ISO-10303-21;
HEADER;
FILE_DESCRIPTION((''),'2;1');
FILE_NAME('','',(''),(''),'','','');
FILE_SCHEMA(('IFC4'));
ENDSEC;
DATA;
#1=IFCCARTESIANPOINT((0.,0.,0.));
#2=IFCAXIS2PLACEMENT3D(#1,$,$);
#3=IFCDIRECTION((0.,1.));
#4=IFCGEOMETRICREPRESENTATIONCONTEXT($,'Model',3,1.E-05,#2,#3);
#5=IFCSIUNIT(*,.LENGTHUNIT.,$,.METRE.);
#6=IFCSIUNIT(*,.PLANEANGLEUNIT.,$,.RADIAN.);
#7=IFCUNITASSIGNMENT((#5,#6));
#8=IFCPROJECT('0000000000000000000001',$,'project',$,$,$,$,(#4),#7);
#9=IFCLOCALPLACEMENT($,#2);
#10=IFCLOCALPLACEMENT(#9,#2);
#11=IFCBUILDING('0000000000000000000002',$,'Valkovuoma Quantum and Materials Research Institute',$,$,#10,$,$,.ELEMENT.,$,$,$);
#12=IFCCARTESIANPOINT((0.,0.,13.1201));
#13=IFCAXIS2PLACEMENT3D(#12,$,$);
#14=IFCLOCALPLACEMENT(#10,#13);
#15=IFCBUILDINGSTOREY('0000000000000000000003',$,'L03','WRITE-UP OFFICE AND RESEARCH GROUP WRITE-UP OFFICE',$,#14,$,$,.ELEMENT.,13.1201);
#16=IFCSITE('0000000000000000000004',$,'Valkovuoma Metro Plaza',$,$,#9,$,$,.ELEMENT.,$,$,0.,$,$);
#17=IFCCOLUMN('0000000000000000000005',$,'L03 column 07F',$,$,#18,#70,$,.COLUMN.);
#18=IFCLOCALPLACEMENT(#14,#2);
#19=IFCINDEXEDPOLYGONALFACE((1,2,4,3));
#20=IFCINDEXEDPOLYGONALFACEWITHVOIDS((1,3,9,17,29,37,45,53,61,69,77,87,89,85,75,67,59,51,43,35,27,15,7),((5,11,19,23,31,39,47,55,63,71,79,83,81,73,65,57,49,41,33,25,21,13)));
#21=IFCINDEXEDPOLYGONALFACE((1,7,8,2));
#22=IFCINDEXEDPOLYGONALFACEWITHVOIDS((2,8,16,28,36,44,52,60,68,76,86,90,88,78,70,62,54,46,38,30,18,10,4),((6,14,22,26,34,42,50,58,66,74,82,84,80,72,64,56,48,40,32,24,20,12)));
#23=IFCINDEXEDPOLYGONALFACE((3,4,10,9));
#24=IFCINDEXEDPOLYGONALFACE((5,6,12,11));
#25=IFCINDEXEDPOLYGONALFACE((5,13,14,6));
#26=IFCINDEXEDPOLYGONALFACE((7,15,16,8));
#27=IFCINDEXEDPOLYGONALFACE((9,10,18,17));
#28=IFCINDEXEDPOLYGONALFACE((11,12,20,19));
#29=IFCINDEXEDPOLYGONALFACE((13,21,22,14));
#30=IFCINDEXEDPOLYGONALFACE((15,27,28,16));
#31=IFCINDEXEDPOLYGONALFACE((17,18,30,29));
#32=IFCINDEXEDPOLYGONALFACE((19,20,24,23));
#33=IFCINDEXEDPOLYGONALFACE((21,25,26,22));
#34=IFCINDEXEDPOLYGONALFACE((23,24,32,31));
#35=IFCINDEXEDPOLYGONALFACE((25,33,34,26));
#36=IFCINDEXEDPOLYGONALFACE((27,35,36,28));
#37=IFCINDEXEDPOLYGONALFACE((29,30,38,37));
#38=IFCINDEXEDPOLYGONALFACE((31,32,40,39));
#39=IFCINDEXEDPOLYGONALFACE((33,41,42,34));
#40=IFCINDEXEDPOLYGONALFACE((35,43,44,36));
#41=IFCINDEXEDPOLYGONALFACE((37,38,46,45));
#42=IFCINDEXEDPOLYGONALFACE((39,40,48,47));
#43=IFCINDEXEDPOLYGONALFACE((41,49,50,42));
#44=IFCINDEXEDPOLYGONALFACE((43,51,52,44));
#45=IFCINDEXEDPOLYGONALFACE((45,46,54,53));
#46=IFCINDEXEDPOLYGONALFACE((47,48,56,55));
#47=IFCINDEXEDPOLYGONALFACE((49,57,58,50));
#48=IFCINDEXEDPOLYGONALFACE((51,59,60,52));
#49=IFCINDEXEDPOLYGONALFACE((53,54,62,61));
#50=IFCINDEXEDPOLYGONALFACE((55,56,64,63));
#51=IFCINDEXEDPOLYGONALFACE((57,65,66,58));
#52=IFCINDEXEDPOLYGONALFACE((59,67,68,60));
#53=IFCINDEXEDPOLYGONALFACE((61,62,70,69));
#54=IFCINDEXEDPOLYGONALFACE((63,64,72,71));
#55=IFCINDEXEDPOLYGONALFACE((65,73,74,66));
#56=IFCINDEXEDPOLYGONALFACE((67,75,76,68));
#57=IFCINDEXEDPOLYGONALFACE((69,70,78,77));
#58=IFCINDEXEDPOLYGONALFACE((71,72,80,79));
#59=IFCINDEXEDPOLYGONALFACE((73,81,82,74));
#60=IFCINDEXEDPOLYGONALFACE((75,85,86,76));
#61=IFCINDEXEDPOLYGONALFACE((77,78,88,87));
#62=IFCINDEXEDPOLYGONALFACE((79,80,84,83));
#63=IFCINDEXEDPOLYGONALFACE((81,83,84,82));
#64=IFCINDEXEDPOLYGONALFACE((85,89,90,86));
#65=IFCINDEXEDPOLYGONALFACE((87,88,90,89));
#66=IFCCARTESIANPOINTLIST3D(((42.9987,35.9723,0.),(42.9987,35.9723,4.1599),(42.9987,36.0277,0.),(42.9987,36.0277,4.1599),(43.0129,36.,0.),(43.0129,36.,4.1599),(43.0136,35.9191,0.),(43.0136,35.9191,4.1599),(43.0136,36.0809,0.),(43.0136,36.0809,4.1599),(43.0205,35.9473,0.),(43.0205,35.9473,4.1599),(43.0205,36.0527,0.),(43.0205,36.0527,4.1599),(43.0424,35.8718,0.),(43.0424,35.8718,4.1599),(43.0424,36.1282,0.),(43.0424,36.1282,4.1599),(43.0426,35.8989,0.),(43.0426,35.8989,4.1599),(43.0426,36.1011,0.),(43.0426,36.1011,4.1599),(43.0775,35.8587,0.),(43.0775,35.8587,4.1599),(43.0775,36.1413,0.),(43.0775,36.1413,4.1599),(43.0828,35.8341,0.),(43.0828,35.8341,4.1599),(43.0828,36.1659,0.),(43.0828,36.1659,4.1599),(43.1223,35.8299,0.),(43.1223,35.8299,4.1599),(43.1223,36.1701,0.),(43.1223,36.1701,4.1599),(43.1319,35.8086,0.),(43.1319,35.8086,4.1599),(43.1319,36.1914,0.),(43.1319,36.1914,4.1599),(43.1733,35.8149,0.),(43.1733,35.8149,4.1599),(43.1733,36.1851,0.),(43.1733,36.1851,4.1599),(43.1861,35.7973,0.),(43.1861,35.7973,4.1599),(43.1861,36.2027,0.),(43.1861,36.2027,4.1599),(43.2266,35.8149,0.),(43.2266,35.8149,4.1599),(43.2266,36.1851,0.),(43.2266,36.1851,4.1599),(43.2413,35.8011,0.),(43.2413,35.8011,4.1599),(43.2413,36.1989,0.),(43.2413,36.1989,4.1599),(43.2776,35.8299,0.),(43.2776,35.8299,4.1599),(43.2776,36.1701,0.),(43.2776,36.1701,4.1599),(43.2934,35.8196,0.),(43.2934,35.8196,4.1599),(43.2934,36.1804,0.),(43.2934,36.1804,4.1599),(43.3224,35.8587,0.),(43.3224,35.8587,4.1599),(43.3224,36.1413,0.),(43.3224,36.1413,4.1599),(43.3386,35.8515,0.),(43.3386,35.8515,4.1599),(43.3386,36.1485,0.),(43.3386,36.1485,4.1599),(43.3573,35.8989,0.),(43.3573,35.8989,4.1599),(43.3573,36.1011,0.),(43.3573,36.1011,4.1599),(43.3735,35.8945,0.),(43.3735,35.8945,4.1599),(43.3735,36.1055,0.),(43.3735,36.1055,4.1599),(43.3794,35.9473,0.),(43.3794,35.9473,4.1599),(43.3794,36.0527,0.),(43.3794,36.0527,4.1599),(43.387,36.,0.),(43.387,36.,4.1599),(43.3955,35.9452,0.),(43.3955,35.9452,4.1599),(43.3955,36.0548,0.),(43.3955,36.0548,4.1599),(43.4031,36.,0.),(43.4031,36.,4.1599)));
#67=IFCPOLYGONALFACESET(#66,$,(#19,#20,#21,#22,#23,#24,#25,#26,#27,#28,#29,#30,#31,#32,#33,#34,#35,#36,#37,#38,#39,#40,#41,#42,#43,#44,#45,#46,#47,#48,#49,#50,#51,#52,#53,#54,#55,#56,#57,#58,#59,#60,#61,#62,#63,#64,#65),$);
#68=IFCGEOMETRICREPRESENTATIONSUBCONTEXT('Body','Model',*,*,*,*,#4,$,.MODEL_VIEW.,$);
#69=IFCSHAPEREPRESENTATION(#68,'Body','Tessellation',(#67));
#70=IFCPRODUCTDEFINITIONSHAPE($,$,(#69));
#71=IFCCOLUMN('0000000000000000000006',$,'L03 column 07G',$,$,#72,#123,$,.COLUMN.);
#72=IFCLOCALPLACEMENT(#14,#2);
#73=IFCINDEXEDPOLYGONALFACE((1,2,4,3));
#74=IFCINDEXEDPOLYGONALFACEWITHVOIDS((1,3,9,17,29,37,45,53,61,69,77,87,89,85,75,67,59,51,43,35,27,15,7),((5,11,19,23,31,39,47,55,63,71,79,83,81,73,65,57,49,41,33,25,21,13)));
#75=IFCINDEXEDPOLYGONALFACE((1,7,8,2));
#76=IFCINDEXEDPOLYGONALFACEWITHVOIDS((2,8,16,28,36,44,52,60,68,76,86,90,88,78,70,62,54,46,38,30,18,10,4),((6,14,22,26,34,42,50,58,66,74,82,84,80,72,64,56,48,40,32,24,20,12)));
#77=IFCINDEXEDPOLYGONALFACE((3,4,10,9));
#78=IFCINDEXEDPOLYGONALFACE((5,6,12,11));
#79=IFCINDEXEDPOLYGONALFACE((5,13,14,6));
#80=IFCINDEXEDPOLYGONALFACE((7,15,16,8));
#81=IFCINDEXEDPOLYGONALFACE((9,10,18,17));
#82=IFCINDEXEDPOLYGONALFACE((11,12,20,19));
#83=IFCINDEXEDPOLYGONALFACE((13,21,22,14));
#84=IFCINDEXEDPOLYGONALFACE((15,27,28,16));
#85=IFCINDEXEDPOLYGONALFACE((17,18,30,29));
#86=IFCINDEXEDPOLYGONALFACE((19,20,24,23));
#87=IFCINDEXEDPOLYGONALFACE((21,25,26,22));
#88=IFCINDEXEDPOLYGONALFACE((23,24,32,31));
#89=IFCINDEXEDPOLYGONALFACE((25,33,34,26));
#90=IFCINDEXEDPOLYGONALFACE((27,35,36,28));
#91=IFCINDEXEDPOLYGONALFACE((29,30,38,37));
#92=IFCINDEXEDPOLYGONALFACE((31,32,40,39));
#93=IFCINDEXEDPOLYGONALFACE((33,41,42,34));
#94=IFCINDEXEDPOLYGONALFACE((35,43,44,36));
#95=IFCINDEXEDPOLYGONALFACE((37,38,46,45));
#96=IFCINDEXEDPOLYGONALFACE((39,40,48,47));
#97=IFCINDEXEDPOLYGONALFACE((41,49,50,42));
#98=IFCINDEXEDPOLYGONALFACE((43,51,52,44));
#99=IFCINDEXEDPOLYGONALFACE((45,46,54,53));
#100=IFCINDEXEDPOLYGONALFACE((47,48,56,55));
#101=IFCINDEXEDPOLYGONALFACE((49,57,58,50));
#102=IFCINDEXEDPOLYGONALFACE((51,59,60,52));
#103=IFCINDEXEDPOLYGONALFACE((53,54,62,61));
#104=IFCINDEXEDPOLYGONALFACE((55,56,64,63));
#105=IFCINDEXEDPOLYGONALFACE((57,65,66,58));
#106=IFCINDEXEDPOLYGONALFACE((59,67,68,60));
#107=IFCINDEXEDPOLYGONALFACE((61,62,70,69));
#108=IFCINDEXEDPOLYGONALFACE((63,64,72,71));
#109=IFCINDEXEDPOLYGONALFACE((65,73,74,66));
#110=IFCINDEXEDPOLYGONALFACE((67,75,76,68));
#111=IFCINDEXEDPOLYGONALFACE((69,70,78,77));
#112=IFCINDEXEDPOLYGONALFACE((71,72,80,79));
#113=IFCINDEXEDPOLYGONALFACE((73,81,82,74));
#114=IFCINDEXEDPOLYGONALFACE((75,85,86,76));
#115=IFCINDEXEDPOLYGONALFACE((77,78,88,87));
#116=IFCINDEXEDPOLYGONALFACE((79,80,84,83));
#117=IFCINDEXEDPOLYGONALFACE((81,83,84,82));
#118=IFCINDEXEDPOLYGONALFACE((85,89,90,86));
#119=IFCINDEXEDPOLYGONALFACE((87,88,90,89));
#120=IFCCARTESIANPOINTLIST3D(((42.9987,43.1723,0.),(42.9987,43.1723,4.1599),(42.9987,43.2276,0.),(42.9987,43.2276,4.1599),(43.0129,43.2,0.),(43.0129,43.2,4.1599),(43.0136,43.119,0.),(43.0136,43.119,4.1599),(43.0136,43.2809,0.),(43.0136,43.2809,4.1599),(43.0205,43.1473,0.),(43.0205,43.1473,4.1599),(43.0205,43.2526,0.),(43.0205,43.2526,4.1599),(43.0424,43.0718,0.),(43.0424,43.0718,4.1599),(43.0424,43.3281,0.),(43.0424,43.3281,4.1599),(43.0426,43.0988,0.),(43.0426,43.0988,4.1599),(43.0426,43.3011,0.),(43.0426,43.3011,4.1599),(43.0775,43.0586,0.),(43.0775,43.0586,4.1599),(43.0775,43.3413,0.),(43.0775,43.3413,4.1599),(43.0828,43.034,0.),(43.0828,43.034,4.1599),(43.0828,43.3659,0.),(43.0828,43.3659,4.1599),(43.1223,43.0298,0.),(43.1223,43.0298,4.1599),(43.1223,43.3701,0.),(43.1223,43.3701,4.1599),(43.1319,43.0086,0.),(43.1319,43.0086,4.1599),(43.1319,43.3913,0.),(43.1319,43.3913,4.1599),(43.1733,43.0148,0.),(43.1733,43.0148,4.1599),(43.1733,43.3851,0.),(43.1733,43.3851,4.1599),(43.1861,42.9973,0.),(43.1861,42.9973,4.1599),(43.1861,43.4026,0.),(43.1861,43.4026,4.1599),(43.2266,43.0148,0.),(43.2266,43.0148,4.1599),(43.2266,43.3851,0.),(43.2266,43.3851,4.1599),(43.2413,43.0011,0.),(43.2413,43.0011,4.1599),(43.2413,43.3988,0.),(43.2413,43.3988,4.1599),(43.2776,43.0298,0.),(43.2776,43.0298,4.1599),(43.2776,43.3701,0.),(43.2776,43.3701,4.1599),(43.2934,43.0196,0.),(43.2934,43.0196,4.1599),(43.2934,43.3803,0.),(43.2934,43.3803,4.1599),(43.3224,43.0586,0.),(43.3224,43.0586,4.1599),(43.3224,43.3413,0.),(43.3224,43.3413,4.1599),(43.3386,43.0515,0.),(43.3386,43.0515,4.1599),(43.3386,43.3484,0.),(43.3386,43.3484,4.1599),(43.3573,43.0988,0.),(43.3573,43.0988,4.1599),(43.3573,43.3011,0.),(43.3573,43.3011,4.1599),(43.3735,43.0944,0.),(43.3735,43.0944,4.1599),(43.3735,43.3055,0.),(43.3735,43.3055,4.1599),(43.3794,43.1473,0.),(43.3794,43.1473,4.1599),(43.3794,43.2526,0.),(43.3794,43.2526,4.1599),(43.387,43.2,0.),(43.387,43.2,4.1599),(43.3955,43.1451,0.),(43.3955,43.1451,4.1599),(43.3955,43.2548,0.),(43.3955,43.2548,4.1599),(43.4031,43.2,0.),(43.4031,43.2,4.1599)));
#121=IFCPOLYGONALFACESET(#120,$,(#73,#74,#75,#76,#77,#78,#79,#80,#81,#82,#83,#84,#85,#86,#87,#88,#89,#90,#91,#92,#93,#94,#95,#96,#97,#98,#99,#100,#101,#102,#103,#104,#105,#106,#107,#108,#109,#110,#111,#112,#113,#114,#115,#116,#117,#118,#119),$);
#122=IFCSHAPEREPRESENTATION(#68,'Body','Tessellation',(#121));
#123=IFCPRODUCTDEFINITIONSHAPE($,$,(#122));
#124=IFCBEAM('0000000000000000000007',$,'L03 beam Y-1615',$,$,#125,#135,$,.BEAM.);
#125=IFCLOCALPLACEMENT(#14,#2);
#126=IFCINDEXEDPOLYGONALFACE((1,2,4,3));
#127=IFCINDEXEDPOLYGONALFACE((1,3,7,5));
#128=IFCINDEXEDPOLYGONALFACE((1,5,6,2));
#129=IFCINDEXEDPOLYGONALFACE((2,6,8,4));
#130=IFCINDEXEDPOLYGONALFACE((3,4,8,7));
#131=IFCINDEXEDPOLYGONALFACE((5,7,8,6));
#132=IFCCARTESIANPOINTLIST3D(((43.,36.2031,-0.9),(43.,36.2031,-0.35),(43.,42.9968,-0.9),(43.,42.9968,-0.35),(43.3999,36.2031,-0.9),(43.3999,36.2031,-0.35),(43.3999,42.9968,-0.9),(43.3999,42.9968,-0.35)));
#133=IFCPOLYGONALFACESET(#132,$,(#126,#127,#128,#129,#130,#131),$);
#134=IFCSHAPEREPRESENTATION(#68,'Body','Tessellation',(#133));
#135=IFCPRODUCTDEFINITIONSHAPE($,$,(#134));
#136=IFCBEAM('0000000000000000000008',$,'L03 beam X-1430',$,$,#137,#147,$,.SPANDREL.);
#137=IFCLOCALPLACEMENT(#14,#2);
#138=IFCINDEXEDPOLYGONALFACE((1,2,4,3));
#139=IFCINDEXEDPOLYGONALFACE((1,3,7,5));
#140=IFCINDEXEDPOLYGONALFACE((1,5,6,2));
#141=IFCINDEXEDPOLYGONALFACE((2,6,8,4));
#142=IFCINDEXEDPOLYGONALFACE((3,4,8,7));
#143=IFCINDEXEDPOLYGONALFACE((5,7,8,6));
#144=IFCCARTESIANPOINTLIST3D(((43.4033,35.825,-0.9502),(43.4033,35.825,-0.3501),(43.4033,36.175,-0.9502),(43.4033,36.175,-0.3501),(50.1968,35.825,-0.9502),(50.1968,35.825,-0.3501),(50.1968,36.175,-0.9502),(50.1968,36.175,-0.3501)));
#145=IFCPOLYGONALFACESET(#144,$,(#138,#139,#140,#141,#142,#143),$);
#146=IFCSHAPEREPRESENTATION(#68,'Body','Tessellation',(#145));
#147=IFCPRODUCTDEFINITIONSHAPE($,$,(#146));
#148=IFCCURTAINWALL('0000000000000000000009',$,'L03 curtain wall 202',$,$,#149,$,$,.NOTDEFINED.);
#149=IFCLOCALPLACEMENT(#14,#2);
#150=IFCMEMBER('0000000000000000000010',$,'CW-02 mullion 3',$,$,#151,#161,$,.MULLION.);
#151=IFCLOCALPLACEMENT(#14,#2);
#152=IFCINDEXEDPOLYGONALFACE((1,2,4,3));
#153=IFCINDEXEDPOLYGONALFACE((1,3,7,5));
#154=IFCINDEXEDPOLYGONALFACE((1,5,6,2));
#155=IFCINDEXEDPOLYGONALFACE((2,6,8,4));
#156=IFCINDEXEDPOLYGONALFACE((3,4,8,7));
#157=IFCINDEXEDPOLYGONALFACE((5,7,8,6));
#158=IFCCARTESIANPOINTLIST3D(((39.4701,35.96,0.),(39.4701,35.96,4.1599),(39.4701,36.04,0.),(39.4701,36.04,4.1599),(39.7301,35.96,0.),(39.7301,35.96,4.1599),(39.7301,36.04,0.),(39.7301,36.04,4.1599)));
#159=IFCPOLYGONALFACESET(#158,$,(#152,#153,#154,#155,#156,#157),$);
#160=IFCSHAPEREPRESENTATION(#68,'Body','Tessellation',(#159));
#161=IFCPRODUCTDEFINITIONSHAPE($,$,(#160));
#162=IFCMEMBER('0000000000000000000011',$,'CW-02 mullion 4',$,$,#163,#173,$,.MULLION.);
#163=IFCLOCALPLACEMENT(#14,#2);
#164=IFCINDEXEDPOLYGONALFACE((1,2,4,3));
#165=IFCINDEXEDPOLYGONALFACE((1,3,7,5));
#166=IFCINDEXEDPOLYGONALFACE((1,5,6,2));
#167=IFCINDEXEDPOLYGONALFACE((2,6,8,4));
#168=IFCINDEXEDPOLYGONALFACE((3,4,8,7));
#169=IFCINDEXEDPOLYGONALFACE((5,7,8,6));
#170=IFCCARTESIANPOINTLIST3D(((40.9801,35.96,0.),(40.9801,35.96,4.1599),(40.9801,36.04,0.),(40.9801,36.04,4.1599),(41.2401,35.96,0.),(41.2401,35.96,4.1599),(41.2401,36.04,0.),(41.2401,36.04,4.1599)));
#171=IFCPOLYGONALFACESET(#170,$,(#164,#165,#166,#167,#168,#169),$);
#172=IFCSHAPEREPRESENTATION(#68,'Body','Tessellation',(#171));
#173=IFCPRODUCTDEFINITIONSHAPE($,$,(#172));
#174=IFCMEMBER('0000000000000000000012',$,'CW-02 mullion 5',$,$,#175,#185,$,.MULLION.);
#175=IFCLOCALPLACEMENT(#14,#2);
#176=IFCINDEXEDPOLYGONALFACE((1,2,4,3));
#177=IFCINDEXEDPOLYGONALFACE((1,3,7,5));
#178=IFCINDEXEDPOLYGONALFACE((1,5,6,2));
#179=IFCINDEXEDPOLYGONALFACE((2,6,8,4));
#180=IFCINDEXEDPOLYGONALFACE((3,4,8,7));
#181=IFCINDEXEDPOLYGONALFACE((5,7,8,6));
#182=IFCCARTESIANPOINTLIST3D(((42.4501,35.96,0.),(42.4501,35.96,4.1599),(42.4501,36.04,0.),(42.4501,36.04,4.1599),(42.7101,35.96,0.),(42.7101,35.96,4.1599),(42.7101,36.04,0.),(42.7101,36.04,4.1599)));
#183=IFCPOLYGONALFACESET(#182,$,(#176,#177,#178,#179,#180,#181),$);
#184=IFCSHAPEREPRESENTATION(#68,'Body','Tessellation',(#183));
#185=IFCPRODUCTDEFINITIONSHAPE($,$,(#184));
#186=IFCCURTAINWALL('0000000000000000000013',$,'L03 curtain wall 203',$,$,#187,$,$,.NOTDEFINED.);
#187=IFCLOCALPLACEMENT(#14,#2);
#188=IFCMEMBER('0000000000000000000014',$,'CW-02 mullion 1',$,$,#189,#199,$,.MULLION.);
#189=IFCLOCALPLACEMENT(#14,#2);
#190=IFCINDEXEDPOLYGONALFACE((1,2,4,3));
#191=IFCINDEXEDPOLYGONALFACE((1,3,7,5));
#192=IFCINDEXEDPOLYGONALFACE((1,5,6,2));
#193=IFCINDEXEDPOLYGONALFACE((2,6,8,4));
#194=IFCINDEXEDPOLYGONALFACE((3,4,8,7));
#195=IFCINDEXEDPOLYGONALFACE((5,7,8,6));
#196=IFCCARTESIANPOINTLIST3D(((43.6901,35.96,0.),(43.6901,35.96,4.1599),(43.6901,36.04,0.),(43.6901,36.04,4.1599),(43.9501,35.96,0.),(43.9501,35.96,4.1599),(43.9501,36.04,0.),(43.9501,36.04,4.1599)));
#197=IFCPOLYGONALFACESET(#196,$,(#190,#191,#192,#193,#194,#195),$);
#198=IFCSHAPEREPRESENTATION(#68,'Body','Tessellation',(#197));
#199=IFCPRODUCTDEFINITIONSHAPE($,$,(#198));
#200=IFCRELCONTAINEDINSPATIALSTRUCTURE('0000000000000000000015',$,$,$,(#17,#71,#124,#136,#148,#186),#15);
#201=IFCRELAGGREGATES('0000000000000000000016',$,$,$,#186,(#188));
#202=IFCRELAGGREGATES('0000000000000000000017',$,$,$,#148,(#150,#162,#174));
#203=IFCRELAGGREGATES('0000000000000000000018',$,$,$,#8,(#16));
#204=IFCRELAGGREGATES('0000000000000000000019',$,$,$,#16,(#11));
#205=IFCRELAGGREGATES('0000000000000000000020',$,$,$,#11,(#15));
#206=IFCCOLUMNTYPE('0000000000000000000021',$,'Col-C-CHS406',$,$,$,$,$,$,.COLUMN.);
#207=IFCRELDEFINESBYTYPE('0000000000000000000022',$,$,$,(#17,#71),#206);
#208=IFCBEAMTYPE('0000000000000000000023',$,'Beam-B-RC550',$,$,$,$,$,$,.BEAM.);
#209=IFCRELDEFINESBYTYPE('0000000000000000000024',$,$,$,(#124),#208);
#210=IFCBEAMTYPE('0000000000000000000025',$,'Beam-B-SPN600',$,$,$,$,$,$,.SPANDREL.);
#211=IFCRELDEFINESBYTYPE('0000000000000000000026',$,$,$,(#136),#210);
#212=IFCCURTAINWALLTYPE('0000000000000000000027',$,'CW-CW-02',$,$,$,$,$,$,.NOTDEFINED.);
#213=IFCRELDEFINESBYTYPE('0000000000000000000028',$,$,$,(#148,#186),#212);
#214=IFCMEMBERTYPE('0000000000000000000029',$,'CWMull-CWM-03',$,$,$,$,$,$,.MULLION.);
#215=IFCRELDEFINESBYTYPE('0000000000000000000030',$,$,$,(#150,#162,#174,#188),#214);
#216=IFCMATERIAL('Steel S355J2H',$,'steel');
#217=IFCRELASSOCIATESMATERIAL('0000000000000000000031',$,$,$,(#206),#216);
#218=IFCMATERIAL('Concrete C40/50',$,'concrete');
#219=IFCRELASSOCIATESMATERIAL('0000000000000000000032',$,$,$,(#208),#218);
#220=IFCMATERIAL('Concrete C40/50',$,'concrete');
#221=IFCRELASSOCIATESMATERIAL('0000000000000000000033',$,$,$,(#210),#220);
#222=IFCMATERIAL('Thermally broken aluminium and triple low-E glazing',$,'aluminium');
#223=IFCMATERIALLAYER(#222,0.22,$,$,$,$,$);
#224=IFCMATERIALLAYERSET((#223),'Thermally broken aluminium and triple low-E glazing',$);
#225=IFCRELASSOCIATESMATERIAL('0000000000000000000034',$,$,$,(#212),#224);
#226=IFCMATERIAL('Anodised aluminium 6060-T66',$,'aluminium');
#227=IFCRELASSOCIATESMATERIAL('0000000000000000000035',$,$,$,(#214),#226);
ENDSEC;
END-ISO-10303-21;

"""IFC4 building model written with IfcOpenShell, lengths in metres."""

from ifc_helpers import new_model, si_unit, direction, frame, origin, origin_2d, place, context, subcontext, project, spatial, rectangle, hollow_circle, extrude, material, layer, layer_set, material_profile, profile_set, type_object, element, aggregate, save


model = new_model("IFC4")

# Units and contexts
model_context = context("Model", 3, precision=1e-05, world=origin(), true_north=direction((0.0, 1.0)))
body_context = subcontext(model_context, "Body", "Model", "MODEL_VIEW")
ifc_project = project(units=[si_unit("LENGTHUNIT", "METRE"), si_unit("PLANEANGLEUNIT", "RADIAN")], contexts=[model_context])

# Site, building, storey
site_placement = place(None, origin())
site = spatial("IfcSite", under=ifc_project, at=site_placement, Name="Valkovuoma Metro Plaza", CompositionType="ELEMENT", RefElevation=0.0)
building_placement = place(site_placement, origin())
building = spatial("IfcBuilding", under=site, at=building_placement, Name="Valkovuoma Quantum and Materials Research Institute", CompositionType="ELEMENT")
storey_placement = place(building_placement, frame((0.0, 0.0, 13.1201)))
storey = spatial("IfcBuildingStorey", under=building, at=storey_placement, Name="L03", Description="WRITE-UP OFFICE AND RESEARCH GROUP WRITE-UP OFFICE", CompositionType="ELEMENT", Elevation=13.1201)

# Columns
ifc_material_1 = material(Name="Steel S355J2H", Category="steel")
ifc_material_profile_1 = material_profile(ifc_material_1, hollow_circle(Radius=0.2031, WallThickness=0.0161, at=origin_2d()), Name="Steel S355J2H")
ifc_profile_set_1 = profile_set([ifc_material_profile_1], Name="Steel S355J2H")
column_type = type_object("IfcColumnType", Name="Col-C-CHS406", PredefinedType="COLUMN", material=ifc_profile_set_1)
for number, where, z_axis, x_axis, name in (
    (1, (43.2, 36.0, 0.0), (0.0, 0.0, 1.0), (1.0, 0.0, 0.0), "L03 column 07F"),
    (2, (43.2, 43.2, 0.0), (0.0, 0.0, 1.0), (1.0, 0.0, 0.0), "L03 column 07G"),
):
    element("IfcColumn", number, at=place(storey_placement, frame(where, z_axis=z_axis, x_axis=x_axis)), inside=storey, type_object=column_type, Name=name, PredefinedType="COLUMN", context=body_context, shape_type="SweptSolid", body=[
        extrude(hollow_circle(Radius=0.2031, WallThickness=0.0161, at=origin_2d()), origin(), (0.0, 0.0, 1.0), 4.1599),
    ])

# Beams
ifc_material_2 = material(Name="Concrete C40/50", Category="concrete")
ifc_material_profile_2 = material_profile(ifc_material_2, rectangle(XDim=0.3999, YDim=0.55, at=origin_2d()), Name="Concrete C40/50")
ifc_profile_set_2 = profile_set([ifc_material_profile_2], Name="Concrete C40/50")
beam_type_1 = type_object("IfcBeamType", Name="Beam-B-RC550", PredefinedType="BEAM", material=ifc_profile_set_2)
beam_1_placement = place(storey_placement, frame((43.2, 36.2031, -0.625), z_axis=(0.0, 1.0, 0.0), x_axis=(-1.0, 0.0, 0.0)))
element("IfcBeam", 3, at=beam_1_placement, inside=storey, type_object=beam_type_1, Name="L03 beam Y-1615", PredefinedType="BEAM", context=body_context, shape_type="SweptSolid", body=[
    extrude(rectangle(XDim=0.3999, YDim=0.55, at=origin_2d()), origin(), (0.0, 0.0, 1.0), 6.7937),
])
ifc_material_3 = material(Name="Concrete C40/50", Category="concrete")
ifc_material_profile_3 = material_profile(ifc_material_3, rectangle(XDim=0.3501, YDim=0.6001, at=origin_2d()), Name="Concrete C40/50")
ifc_profile_set_3 = profile_set([ifc_material_profile_3], Name="Concrete C40/50")
beam_type_2 = type_object("IfcBeamType", Name="Beam-B-SPN600", PredefinedType="SPANDREL", material=ifc_profile_set_3)
beam_2_placement = place(storey_placement, frame((43.4033, 36.0, -0.6501), z_axis=(1.0, 0.0, 0.0), x_axis=(0.0, 1.0, 0.0)))
element("IfcBeam", 4, at=beam_2_placement, inside=storey, type_object=beam_type_2, Name="L03 beam X-1430", PredefinedType="SPANDREL", context=body_context, shape_type="SweptSolid", body=[
    extrude(rectangle(XDim=0.3501, YDim=0.6001, at=origin_2d()), origin(), (0.0, 0.0, 1.0), 6.7935),
])

# Curtain wall, members
ifc_material_4 = material(Name="Thermally broken aluminium and triple low-E glazing", Category="aluminium")
ifc_layer_1 = layer(ifc_material_4, 0.22)
ifc_layer_set_1 = layer_set([ifc_layer_1], Name="Thermally broken aluminium and triple low-E glazing")
curtain_wall_type = type_object("IfcCurtainWallType", Name="CW-CW-02", PredefinedType="NOTDEFINED", material=ifc_layer_set_1)
curtain_wall_1_placement = place(storey_placement, origin())
curtain_wall_1 = element("IfcCurtainWall", 5, at=curtain_wall_1_placement, inside=storey, type_object=curtain_wall_type, Name="L03 curtain wall 202", PredefinedType="NOTDEFINED")
ifc_material_5 = material(Name="Anodised aluminium 6060-T66", Category="aluminium")
ifc_material_profile_4 = material_profile(ifc_material_5, rectangle(XDim=0.0801, YDim=0.26, at=origin_2d()), Name="Anodised aluminium 6060-T66")
ifc_profile_set_4 = profile_set([ifc_material_profile_4], Name="Anodised aluminium 6060-T66")
member_type_1 = type_object("IfcMemberType", Name="CWMull-CWM-03", PredefinedType="MULLION", material=ifc_profile_set_4)
member_1_placement = place(storey_placement, frame((39.6001, 36.0, 0.0), z_axis=(0.0, 0.0, 1.0), x_axis=(0.0, 1.0, 0.0)))
member_1 = element("IfcMember", 6, at=member_1_placement, type_object=member_type_1, Name="CW-02 mullion 3", PredefinedType="MULLION", context=body_context, shape_type="SweptSolid", body=[
    extrude(rectangle(XDim=0.0801, YDim=0.26, at=origin_2d()), origin(), (0.0, 0.0, 1.0), 4.1599),
])
member_2_placement = place(storey_placement, frame((41.1101, 36.0, 0.0), z_axis=(0.0, 0.0, 1.0), x_axis=(0.0, 1.0, 0.0)))
member_2 = element("IfcMember", 7, at=member_2_placement, type_object=member_type_1, Name="CW-02 mullion 4", PredefinedType="MULLION", context=body_context, shape_type="SweptSolid", body=[
    extrude(rectangle(XDim=0.0801, YDim=0.26, at=origin_2d()), origin(), (0.0, 0.0, 1.0), 4.1599),
])
member_3_placement = place(storey_placement, frame((42.5801, 36.0, 0.0), z_axis=(0.0, 0.0, 1.0), x_axis=(0.0, 1.0, 0.0)))
member_3 = element("IfcMember", 8, at=member_3_placement, type_object=member_type_1, Name="CW-02 mullion 5", PredefinedType="MULLION", context=body_context, shape_type="SweptSolid", body=[
    extrude(rectangle(XDim=0.0801, YDim=0.26, at=origin_2d()), origin(), (0.0, 0.0, 1.0), 4.1599),
])

# Curtain wall, member
curtain_wall_2_placement = place(storey_placement, origin())
curtain_wall_2 = element("IfcCurtainWall", 9, at=curtain_wall_2_placement, inside=storey, type_object=curtain_wall_type, Name="L03 curtain wall 203", PredefinedType="NOTDEFINED")
member_4_placement = place(storey_placement, frame((43.8201, 36.0, 0.0), z_axis=(0.0, 0.0, 1.0), x_axis=(0.0, 1.0, 0.0)))
member_4 = element("IfcMember", 10, at=member_4_placement, type_object=member_type_1, Name="CW-02 mullion 1", PredefinedType="MULLION", context=body_context, shape_type="SweptSolid", body=[
    extrude(rectangle(XDim=0.0801, YDim=0.26, at=origin_2d()), origin(), (0.0, 0.0, 1.0), 4.1599),
])
aggregate(curtain_wall_2, [member_4])

aggregate(curtain_wall_1, [member_1, member_2, member_3])

save(model, "model.ifc")
